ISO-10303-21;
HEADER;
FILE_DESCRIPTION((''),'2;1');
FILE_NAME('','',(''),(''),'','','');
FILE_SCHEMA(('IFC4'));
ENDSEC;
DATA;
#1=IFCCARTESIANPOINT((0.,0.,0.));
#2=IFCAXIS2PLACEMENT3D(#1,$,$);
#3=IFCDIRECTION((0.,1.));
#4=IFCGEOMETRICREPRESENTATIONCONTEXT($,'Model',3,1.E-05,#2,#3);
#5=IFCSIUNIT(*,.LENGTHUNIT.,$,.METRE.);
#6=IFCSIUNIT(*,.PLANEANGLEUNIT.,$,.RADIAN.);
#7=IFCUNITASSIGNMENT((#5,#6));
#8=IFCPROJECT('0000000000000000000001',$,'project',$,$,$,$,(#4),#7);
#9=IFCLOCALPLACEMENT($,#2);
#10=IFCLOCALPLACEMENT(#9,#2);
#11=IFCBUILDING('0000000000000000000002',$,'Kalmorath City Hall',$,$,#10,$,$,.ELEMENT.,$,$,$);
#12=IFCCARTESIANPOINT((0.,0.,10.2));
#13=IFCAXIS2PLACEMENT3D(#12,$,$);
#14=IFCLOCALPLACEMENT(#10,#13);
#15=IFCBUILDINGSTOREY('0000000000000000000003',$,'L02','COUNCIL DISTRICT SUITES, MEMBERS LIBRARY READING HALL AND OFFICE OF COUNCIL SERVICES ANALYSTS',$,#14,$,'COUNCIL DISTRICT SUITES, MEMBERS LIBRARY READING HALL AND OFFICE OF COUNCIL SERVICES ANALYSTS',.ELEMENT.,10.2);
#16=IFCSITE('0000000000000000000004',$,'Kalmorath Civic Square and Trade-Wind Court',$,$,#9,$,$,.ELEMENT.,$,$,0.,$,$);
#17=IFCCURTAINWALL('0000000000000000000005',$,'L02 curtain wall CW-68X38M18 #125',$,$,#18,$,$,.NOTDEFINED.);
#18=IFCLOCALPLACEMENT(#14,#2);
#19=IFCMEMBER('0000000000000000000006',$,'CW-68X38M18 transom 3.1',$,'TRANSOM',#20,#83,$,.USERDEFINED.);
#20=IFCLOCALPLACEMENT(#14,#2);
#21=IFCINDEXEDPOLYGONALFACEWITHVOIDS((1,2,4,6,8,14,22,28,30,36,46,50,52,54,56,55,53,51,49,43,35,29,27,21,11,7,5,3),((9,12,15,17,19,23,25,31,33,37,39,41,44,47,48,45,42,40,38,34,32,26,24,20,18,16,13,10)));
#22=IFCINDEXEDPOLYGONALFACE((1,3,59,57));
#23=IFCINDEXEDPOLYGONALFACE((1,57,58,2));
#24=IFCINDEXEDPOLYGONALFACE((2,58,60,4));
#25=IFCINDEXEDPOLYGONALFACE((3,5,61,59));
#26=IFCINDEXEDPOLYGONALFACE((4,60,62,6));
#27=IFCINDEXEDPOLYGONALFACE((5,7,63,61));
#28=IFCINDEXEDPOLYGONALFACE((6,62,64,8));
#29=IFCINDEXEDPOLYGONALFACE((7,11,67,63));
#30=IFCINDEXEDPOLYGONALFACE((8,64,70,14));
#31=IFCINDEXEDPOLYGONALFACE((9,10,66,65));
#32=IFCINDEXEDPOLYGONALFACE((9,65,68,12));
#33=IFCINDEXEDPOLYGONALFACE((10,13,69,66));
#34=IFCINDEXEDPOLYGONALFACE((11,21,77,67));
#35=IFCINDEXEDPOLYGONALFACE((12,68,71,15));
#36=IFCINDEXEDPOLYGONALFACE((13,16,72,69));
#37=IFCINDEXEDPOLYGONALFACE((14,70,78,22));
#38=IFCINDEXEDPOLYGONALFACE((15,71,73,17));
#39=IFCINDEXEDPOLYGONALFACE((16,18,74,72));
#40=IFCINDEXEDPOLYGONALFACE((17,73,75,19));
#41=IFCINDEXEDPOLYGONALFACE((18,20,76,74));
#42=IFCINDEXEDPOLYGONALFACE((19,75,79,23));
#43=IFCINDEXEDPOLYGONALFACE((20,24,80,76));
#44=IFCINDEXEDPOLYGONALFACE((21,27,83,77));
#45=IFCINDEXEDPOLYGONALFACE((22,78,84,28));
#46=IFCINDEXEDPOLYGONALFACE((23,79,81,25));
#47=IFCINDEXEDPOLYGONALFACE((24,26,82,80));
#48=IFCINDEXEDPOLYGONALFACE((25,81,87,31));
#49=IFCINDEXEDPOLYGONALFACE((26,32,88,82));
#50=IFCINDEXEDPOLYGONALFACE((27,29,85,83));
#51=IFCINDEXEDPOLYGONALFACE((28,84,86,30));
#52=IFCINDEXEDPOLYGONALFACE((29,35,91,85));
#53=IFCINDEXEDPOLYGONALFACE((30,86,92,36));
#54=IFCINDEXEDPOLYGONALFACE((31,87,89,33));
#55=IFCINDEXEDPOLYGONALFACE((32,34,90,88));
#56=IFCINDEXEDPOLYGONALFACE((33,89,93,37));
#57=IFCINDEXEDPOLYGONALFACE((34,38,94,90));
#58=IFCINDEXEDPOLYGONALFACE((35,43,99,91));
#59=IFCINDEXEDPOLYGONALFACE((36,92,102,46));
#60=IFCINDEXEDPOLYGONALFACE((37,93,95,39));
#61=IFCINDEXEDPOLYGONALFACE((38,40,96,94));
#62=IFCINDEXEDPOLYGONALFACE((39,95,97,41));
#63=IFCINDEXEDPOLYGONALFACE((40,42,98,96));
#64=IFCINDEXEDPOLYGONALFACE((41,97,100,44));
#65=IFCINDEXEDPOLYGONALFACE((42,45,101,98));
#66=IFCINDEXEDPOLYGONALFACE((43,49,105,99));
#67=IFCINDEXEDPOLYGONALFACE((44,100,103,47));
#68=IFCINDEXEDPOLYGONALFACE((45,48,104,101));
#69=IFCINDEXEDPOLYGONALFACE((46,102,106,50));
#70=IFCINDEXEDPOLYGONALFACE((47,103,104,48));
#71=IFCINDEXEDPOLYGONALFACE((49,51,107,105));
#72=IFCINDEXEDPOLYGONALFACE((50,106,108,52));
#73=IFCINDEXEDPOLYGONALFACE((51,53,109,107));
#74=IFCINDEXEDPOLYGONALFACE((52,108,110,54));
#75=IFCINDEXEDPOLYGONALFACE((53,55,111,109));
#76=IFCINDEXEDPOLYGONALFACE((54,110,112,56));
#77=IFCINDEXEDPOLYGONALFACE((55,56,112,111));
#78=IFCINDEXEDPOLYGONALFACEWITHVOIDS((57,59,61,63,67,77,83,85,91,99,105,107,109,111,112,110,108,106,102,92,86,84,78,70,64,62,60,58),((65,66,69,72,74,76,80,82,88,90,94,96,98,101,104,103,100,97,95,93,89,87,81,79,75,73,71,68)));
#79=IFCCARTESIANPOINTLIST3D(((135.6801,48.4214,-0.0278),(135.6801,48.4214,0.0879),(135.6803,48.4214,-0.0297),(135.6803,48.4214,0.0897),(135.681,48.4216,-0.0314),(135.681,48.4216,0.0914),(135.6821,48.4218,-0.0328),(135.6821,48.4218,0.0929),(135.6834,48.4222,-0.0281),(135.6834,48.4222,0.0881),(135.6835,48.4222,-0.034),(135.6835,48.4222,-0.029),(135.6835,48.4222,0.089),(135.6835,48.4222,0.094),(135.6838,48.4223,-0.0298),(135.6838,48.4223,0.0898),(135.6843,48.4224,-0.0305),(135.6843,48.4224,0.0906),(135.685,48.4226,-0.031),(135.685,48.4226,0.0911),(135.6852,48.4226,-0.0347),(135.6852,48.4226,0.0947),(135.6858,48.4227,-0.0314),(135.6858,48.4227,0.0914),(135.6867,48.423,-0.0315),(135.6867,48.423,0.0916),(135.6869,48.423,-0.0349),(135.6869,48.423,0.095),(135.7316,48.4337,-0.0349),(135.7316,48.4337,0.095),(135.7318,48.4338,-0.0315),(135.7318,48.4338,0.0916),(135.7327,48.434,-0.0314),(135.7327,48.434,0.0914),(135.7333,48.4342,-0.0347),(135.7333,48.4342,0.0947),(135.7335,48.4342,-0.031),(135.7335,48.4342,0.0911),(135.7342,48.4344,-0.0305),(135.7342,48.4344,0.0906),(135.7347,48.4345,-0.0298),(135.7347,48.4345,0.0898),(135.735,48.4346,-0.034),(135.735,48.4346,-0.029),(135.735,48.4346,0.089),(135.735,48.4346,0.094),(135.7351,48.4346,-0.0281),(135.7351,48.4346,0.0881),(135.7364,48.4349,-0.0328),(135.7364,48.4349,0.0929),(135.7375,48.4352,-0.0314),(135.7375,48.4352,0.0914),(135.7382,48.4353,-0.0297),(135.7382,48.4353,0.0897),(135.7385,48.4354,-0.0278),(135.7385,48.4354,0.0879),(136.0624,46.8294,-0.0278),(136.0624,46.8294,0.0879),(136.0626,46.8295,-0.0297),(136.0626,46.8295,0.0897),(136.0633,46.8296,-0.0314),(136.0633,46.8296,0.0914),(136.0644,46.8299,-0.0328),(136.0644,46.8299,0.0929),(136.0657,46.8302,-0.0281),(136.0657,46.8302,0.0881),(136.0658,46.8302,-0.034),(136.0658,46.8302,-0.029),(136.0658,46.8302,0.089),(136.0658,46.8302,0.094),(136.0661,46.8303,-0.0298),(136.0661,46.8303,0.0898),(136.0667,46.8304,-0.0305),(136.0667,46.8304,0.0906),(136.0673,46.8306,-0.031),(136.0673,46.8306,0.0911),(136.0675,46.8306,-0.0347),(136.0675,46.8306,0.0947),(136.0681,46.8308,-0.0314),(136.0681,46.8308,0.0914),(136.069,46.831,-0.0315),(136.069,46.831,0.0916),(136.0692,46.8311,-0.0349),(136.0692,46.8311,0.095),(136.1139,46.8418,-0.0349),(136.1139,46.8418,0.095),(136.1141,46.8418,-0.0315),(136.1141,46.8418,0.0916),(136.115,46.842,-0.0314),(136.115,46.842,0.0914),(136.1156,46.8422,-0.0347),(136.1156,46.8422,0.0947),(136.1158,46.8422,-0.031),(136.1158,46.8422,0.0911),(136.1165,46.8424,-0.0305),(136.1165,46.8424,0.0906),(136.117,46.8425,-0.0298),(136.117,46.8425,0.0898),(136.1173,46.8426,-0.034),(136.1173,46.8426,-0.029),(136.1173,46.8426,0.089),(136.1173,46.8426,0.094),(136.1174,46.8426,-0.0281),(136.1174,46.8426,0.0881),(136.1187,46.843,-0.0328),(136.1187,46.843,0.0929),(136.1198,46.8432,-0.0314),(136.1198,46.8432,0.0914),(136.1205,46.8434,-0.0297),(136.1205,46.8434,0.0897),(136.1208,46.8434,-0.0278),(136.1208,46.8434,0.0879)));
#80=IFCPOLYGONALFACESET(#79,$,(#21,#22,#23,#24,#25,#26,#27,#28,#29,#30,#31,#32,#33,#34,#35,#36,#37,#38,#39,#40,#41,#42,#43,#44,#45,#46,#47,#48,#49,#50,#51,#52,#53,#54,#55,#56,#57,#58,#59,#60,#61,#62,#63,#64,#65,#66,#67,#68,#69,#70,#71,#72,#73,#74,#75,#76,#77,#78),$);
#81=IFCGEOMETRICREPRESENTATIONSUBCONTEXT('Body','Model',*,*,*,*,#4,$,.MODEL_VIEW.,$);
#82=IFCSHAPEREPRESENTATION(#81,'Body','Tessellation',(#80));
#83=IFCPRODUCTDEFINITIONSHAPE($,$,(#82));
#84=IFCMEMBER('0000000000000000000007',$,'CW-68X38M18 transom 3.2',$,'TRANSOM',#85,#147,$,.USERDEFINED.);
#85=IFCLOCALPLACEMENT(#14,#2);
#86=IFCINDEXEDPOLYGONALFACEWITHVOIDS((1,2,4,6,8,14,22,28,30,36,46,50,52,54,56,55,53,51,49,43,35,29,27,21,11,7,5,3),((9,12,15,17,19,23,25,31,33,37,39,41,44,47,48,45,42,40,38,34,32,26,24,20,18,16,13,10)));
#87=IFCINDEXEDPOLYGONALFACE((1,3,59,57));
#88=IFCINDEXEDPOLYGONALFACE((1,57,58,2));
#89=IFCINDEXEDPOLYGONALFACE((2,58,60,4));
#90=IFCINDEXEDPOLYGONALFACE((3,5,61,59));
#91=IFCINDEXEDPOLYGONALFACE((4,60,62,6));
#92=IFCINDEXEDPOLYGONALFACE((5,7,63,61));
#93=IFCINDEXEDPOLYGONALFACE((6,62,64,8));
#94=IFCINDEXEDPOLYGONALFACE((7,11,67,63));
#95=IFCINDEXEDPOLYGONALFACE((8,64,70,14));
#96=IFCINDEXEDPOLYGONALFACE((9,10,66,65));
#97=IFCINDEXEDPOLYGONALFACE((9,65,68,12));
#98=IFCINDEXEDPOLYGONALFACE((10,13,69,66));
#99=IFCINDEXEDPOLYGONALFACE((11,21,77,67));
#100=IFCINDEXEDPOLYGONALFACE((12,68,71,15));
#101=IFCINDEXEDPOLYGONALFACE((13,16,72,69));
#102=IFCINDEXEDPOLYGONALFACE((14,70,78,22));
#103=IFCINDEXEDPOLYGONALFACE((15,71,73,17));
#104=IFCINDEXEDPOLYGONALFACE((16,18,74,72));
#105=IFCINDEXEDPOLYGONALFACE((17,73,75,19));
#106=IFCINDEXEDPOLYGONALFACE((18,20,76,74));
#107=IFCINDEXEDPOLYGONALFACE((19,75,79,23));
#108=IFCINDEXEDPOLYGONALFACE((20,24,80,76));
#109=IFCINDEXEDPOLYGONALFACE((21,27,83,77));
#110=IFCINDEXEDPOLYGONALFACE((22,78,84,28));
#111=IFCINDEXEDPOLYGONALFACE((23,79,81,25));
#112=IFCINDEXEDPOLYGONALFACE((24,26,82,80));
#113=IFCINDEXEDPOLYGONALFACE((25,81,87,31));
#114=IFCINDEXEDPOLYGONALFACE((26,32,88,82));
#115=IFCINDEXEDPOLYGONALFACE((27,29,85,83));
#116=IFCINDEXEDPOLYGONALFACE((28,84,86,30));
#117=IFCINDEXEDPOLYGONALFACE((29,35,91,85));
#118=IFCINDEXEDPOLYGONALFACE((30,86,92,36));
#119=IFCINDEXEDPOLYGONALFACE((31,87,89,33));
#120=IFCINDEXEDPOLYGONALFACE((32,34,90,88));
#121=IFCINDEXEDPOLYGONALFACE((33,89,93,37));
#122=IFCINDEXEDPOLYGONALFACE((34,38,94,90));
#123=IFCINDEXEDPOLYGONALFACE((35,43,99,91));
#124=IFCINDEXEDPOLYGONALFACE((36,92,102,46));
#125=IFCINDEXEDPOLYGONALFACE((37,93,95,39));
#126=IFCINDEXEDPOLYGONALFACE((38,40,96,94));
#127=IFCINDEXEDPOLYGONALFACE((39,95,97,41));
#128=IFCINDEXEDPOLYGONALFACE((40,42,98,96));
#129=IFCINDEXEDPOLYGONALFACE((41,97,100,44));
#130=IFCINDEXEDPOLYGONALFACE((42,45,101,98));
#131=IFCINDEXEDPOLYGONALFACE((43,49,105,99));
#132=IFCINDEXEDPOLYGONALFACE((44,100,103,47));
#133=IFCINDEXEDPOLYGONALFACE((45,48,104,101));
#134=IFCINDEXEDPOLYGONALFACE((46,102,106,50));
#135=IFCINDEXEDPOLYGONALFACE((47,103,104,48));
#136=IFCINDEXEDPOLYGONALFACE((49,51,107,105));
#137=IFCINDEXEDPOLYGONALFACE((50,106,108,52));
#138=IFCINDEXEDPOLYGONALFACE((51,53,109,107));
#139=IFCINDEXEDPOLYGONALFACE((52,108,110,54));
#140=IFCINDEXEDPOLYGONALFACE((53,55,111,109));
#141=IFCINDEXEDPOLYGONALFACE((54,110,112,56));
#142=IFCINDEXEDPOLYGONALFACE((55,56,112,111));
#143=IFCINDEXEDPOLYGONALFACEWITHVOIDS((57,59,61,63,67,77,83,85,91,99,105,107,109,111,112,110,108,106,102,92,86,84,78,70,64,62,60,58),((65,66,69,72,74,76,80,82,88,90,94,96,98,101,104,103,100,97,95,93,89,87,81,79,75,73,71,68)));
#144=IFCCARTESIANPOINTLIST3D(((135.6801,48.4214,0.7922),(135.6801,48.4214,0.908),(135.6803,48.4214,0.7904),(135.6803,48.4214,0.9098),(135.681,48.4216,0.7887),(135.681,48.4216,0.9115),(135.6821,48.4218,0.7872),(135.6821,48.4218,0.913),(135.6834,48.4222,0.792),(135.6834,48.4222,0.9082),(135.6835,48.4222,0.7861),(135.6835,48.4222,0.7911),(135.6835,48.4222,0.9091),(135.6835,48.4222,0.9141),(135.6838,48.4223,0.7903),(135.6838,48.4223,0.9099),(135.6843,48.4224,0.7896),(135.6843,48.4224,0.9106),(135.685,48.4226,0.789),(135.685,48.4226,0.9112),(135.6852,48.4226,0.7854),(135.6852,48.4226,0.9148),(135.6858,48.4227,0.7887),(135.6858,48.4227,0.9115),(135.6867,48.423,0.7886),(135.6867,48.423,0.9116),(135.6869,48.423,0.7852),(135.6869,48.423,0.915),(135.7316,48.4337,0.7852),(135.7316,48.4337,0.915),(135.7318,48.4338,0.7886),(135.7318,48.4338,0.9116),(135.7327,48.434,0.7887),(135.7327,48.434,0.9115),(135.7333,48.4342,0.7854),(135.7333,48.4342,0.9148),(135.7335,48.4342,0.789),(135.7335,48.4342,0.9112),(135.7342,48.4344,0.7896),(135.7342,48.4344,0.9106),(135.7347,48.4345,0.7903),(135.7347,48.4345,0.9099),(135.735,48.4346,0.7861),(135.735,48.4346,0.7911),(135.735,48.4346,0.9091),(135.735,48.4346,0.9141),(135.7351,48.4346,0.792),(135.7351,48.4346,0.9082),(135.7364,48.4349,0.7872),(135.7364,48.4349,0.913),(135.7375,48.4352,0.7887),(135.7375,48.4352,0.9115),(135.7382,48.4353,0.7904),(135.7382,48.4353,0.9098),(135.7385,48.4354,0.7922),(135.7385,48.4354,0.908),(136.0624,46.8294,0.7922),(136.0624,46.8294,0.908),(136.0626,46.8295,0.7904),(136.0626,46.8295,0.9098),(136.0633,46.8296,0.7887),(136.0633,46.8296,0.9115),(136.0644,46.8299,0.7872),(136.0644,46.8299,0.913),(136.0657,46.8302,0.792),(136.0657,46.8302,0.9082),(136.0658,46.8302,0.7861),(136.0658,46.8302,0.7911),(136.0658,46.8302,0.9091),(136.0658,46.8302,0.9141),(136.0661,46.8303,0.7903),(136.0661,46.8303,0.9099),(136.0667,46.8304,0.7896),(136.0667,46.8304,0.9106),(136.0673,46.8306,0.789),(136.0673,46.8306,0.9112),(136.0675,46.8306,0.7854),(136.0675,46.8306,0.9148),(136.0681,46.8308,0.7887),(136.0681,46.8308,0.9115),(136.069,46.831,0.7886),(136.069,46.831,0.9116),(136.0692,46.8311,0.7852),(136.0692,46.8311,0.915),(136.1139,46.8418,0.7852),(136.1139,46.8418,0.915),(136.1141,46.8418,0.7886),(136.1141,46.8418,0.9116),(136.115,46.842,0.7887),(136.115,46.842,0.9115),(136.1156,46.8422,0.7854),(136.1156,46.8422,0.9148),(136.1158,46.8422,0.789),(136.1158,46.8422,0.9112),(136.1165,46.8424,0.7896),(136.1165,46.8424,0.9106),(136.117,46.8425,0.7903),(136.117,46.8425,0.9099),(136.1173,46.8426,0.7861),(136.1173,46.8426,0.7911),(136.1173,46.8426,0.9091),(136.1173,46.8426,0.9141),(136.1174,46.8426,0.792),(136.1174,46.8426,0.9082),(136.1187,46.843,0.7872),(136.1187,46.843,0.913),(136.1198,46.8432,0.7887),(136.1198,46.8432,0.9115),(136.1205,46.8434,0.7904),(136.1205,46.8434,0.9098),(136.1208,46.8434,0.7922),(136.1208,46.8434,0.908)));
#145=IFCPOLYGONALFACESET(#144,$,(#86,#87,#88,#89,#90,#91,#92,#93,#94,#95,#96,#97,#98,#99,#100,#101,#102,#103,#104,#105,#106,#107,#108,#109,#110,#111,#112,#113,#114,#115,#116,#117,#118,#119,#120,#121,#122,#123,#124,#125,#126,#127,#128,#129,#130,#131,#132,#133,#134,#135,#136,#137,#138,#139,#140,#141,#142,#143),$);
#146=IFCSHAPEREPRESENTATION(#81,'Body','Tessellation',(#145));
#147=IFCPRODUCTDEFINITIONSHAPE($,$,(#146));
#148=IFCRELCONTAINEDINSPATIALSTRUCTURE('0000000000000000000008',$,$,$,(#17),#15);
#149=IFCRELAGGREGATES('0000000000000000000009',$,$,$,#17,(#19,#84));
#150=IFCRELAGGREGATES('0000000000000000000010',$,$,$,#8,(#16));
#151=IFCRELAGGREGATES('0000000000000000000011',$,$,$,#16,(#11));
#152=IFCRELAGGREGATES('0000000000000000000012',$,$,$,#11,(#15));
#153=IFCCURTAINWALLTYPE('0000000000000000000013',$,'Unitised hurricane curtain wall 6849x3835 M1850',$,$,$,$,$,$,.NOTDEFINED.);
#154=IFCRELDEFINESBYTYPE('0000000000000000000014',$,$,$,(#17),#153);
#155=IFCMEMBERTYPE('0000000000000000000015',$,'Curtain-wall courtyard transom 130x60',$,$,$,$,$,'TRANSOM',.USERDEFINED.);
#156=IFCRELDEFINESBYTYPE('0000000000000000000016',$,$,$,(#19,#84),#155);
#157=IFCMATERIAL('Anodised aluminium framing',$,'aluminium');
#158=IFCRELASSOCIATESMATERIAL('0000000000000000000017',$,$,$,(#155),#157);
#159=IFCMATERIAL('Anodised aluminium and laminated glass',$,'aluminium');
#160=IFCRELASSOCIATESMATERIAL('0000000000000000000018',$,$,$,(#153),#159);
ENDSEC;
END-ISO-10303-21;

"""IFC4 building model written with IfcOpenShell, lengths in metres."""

from ifc_helpers import new_model, si_unit, direction, frame, origin, origin_2d, place, context, subcontext, project, spatial, hollow_rectangle, extrude, material, material_profile, profile_set, type_object, element, aggregate, save


model = new_model("IFC4")

# Units and contexts
model_context = context("Model", 3, precision=1e-05, world=origin(), true_north=direction((0.0, 1.0)))
body_context = subcontext(model_context, "Body", "Model", "MODEL_VIEW")
ifc_project = project(units=[si_unit("LENGTHUNIT", "METRE"), si_unit("PLANEANGLEUNIT", "RADIAN")], contexts=[model_context])

# Site, building, storey
site_placement = place(None, origin())
site = spatial("IfcSite", under=ifc_project, at=site_placement, Name="Kalmorath Civic Square and Trade-Wind Court", CompositionType="ELEMENT", RefElevation=0.0)
building_placement = place(site_placement, origin())
building = spatial("IfcBuilding", under=site, at=building_placement, Name="Kalmorath City Hall", CompositionType="ELEMENT")
storey_placement = place(building_placement, frame((0.0, 0.0, 10.2)))
storey = spatial("IfcBuildingStorey", under=building, at=storey_placement, Name="L02", Description="COUNCIL DISTRICT SUITES, MEMBERS LIBRARY READING HALL AND OFFICE OF COUNCIL SERVICES ANALYSTS", LongName="COUNCIL DISTRICT SUITES, MEMBERS LIBRARY READING HALL AND OFFICE OF COUNCIL SERVICES ANALYSTS", CompositionType="ELEMENT", Elevation=10.2)

# Curtain wall, members
ifc_material_1 = material(Name="Anodised aluminium framing", Category="aluminium")
ifc_material_profile_1 = material_profile(ifc_material_1, hollow_rectangle(XDim=0.0601, YDim=0.1299, WallThickness=0.0034, InnerFilletRadius=0.0034, OuterFilletRadius=0.0071, at=origin_2d()), Name="ALU-TRN-130X60X3.5")
ifc_profile_set_1 = profile_set([ifc_material_profile_1], Name="Anodised aluminium framing")
member_type_1 = type_object("IfcMemberType", Name="Curtain-wall courtyard transom 130x60", ElementType="TRANSOM", PredefinedType="USERDEFINED", material=ifc_profile_set_1)
ifc_material_2 = material(Name="Anodised aluminium and laminated glass", Category="aluminium")
curtain_wall_type_1 = type_object("IfcCurtainWallType", Name="Unitised hurricane curtain wall 6849x3835 M1850", PredefinedType="NOTDEFINED", material=ifc_material_2)
curtain_wall_1_placement = place(storey_placement, origin())
curtain_wall_1 = element("IfcCurtainWall", 1, at=curtain_wall_1_placement, inside=storey, type_object=curtain_wall_type_1, Name="L02 curtain wall CW-68X38M18 #125", PredefinedType="NOTDEFINED")
member_1_placement = place(storey_placement, frame((136.0916, 46.8364, 0.03), z_axis=(-0.233508, 0.972355, 0.0), x_axis=(-0.972355, -0.233508, 0.0)))
member_1 = element("IfcMember", 2, at=member_1_placement, type_object=member_type_1, Name="CW-68X38M18 transom 3.1", ObjectType="TRANSOM", PredefinedType="USERDEFINED", context=body_context, shape_type="SweptSolid", body=[
    extrude(hollow_rectangle(XDim=0.0601, YDim=0.1299, WallThickness=0.0034, InnerFilletRadius=0.0034, OuterFilletRadius=0.0071, at=origin_2d()), origin(), (0.0, 0.0, 1.0), 1.6372),
])
member_2_placement = place(storey_placement, frame((136.0916, 46.8364, 0.8501), z_axis=(-0.233508, 0.972355, 0.0), x_axis=(-0.972355, -0.233508, 0.0)))
member_2 = element("IfcMember", 3, at=member_2_placement, type_object=member_type_1, Name="CW-68X38M18 transom 3.2", ObjectType="TRANSOM", PredefinedType="USERDEFINED", context=body_context, shape_type="SweptSolid", body=[
    extrude(hollow_rectangle(XDim=0.0601, YDim=0.1299, WallThickness=0.0034, InnerFilletRadius=0.0034, OuterFilletRadius=0.0071, at=origin_2d()), origin(), (0.0, 0.0, 1.0), 1.6372),
])

aggregate(curtain_wall_1, [member_1, member_2])

save(model, "model.ifc")
